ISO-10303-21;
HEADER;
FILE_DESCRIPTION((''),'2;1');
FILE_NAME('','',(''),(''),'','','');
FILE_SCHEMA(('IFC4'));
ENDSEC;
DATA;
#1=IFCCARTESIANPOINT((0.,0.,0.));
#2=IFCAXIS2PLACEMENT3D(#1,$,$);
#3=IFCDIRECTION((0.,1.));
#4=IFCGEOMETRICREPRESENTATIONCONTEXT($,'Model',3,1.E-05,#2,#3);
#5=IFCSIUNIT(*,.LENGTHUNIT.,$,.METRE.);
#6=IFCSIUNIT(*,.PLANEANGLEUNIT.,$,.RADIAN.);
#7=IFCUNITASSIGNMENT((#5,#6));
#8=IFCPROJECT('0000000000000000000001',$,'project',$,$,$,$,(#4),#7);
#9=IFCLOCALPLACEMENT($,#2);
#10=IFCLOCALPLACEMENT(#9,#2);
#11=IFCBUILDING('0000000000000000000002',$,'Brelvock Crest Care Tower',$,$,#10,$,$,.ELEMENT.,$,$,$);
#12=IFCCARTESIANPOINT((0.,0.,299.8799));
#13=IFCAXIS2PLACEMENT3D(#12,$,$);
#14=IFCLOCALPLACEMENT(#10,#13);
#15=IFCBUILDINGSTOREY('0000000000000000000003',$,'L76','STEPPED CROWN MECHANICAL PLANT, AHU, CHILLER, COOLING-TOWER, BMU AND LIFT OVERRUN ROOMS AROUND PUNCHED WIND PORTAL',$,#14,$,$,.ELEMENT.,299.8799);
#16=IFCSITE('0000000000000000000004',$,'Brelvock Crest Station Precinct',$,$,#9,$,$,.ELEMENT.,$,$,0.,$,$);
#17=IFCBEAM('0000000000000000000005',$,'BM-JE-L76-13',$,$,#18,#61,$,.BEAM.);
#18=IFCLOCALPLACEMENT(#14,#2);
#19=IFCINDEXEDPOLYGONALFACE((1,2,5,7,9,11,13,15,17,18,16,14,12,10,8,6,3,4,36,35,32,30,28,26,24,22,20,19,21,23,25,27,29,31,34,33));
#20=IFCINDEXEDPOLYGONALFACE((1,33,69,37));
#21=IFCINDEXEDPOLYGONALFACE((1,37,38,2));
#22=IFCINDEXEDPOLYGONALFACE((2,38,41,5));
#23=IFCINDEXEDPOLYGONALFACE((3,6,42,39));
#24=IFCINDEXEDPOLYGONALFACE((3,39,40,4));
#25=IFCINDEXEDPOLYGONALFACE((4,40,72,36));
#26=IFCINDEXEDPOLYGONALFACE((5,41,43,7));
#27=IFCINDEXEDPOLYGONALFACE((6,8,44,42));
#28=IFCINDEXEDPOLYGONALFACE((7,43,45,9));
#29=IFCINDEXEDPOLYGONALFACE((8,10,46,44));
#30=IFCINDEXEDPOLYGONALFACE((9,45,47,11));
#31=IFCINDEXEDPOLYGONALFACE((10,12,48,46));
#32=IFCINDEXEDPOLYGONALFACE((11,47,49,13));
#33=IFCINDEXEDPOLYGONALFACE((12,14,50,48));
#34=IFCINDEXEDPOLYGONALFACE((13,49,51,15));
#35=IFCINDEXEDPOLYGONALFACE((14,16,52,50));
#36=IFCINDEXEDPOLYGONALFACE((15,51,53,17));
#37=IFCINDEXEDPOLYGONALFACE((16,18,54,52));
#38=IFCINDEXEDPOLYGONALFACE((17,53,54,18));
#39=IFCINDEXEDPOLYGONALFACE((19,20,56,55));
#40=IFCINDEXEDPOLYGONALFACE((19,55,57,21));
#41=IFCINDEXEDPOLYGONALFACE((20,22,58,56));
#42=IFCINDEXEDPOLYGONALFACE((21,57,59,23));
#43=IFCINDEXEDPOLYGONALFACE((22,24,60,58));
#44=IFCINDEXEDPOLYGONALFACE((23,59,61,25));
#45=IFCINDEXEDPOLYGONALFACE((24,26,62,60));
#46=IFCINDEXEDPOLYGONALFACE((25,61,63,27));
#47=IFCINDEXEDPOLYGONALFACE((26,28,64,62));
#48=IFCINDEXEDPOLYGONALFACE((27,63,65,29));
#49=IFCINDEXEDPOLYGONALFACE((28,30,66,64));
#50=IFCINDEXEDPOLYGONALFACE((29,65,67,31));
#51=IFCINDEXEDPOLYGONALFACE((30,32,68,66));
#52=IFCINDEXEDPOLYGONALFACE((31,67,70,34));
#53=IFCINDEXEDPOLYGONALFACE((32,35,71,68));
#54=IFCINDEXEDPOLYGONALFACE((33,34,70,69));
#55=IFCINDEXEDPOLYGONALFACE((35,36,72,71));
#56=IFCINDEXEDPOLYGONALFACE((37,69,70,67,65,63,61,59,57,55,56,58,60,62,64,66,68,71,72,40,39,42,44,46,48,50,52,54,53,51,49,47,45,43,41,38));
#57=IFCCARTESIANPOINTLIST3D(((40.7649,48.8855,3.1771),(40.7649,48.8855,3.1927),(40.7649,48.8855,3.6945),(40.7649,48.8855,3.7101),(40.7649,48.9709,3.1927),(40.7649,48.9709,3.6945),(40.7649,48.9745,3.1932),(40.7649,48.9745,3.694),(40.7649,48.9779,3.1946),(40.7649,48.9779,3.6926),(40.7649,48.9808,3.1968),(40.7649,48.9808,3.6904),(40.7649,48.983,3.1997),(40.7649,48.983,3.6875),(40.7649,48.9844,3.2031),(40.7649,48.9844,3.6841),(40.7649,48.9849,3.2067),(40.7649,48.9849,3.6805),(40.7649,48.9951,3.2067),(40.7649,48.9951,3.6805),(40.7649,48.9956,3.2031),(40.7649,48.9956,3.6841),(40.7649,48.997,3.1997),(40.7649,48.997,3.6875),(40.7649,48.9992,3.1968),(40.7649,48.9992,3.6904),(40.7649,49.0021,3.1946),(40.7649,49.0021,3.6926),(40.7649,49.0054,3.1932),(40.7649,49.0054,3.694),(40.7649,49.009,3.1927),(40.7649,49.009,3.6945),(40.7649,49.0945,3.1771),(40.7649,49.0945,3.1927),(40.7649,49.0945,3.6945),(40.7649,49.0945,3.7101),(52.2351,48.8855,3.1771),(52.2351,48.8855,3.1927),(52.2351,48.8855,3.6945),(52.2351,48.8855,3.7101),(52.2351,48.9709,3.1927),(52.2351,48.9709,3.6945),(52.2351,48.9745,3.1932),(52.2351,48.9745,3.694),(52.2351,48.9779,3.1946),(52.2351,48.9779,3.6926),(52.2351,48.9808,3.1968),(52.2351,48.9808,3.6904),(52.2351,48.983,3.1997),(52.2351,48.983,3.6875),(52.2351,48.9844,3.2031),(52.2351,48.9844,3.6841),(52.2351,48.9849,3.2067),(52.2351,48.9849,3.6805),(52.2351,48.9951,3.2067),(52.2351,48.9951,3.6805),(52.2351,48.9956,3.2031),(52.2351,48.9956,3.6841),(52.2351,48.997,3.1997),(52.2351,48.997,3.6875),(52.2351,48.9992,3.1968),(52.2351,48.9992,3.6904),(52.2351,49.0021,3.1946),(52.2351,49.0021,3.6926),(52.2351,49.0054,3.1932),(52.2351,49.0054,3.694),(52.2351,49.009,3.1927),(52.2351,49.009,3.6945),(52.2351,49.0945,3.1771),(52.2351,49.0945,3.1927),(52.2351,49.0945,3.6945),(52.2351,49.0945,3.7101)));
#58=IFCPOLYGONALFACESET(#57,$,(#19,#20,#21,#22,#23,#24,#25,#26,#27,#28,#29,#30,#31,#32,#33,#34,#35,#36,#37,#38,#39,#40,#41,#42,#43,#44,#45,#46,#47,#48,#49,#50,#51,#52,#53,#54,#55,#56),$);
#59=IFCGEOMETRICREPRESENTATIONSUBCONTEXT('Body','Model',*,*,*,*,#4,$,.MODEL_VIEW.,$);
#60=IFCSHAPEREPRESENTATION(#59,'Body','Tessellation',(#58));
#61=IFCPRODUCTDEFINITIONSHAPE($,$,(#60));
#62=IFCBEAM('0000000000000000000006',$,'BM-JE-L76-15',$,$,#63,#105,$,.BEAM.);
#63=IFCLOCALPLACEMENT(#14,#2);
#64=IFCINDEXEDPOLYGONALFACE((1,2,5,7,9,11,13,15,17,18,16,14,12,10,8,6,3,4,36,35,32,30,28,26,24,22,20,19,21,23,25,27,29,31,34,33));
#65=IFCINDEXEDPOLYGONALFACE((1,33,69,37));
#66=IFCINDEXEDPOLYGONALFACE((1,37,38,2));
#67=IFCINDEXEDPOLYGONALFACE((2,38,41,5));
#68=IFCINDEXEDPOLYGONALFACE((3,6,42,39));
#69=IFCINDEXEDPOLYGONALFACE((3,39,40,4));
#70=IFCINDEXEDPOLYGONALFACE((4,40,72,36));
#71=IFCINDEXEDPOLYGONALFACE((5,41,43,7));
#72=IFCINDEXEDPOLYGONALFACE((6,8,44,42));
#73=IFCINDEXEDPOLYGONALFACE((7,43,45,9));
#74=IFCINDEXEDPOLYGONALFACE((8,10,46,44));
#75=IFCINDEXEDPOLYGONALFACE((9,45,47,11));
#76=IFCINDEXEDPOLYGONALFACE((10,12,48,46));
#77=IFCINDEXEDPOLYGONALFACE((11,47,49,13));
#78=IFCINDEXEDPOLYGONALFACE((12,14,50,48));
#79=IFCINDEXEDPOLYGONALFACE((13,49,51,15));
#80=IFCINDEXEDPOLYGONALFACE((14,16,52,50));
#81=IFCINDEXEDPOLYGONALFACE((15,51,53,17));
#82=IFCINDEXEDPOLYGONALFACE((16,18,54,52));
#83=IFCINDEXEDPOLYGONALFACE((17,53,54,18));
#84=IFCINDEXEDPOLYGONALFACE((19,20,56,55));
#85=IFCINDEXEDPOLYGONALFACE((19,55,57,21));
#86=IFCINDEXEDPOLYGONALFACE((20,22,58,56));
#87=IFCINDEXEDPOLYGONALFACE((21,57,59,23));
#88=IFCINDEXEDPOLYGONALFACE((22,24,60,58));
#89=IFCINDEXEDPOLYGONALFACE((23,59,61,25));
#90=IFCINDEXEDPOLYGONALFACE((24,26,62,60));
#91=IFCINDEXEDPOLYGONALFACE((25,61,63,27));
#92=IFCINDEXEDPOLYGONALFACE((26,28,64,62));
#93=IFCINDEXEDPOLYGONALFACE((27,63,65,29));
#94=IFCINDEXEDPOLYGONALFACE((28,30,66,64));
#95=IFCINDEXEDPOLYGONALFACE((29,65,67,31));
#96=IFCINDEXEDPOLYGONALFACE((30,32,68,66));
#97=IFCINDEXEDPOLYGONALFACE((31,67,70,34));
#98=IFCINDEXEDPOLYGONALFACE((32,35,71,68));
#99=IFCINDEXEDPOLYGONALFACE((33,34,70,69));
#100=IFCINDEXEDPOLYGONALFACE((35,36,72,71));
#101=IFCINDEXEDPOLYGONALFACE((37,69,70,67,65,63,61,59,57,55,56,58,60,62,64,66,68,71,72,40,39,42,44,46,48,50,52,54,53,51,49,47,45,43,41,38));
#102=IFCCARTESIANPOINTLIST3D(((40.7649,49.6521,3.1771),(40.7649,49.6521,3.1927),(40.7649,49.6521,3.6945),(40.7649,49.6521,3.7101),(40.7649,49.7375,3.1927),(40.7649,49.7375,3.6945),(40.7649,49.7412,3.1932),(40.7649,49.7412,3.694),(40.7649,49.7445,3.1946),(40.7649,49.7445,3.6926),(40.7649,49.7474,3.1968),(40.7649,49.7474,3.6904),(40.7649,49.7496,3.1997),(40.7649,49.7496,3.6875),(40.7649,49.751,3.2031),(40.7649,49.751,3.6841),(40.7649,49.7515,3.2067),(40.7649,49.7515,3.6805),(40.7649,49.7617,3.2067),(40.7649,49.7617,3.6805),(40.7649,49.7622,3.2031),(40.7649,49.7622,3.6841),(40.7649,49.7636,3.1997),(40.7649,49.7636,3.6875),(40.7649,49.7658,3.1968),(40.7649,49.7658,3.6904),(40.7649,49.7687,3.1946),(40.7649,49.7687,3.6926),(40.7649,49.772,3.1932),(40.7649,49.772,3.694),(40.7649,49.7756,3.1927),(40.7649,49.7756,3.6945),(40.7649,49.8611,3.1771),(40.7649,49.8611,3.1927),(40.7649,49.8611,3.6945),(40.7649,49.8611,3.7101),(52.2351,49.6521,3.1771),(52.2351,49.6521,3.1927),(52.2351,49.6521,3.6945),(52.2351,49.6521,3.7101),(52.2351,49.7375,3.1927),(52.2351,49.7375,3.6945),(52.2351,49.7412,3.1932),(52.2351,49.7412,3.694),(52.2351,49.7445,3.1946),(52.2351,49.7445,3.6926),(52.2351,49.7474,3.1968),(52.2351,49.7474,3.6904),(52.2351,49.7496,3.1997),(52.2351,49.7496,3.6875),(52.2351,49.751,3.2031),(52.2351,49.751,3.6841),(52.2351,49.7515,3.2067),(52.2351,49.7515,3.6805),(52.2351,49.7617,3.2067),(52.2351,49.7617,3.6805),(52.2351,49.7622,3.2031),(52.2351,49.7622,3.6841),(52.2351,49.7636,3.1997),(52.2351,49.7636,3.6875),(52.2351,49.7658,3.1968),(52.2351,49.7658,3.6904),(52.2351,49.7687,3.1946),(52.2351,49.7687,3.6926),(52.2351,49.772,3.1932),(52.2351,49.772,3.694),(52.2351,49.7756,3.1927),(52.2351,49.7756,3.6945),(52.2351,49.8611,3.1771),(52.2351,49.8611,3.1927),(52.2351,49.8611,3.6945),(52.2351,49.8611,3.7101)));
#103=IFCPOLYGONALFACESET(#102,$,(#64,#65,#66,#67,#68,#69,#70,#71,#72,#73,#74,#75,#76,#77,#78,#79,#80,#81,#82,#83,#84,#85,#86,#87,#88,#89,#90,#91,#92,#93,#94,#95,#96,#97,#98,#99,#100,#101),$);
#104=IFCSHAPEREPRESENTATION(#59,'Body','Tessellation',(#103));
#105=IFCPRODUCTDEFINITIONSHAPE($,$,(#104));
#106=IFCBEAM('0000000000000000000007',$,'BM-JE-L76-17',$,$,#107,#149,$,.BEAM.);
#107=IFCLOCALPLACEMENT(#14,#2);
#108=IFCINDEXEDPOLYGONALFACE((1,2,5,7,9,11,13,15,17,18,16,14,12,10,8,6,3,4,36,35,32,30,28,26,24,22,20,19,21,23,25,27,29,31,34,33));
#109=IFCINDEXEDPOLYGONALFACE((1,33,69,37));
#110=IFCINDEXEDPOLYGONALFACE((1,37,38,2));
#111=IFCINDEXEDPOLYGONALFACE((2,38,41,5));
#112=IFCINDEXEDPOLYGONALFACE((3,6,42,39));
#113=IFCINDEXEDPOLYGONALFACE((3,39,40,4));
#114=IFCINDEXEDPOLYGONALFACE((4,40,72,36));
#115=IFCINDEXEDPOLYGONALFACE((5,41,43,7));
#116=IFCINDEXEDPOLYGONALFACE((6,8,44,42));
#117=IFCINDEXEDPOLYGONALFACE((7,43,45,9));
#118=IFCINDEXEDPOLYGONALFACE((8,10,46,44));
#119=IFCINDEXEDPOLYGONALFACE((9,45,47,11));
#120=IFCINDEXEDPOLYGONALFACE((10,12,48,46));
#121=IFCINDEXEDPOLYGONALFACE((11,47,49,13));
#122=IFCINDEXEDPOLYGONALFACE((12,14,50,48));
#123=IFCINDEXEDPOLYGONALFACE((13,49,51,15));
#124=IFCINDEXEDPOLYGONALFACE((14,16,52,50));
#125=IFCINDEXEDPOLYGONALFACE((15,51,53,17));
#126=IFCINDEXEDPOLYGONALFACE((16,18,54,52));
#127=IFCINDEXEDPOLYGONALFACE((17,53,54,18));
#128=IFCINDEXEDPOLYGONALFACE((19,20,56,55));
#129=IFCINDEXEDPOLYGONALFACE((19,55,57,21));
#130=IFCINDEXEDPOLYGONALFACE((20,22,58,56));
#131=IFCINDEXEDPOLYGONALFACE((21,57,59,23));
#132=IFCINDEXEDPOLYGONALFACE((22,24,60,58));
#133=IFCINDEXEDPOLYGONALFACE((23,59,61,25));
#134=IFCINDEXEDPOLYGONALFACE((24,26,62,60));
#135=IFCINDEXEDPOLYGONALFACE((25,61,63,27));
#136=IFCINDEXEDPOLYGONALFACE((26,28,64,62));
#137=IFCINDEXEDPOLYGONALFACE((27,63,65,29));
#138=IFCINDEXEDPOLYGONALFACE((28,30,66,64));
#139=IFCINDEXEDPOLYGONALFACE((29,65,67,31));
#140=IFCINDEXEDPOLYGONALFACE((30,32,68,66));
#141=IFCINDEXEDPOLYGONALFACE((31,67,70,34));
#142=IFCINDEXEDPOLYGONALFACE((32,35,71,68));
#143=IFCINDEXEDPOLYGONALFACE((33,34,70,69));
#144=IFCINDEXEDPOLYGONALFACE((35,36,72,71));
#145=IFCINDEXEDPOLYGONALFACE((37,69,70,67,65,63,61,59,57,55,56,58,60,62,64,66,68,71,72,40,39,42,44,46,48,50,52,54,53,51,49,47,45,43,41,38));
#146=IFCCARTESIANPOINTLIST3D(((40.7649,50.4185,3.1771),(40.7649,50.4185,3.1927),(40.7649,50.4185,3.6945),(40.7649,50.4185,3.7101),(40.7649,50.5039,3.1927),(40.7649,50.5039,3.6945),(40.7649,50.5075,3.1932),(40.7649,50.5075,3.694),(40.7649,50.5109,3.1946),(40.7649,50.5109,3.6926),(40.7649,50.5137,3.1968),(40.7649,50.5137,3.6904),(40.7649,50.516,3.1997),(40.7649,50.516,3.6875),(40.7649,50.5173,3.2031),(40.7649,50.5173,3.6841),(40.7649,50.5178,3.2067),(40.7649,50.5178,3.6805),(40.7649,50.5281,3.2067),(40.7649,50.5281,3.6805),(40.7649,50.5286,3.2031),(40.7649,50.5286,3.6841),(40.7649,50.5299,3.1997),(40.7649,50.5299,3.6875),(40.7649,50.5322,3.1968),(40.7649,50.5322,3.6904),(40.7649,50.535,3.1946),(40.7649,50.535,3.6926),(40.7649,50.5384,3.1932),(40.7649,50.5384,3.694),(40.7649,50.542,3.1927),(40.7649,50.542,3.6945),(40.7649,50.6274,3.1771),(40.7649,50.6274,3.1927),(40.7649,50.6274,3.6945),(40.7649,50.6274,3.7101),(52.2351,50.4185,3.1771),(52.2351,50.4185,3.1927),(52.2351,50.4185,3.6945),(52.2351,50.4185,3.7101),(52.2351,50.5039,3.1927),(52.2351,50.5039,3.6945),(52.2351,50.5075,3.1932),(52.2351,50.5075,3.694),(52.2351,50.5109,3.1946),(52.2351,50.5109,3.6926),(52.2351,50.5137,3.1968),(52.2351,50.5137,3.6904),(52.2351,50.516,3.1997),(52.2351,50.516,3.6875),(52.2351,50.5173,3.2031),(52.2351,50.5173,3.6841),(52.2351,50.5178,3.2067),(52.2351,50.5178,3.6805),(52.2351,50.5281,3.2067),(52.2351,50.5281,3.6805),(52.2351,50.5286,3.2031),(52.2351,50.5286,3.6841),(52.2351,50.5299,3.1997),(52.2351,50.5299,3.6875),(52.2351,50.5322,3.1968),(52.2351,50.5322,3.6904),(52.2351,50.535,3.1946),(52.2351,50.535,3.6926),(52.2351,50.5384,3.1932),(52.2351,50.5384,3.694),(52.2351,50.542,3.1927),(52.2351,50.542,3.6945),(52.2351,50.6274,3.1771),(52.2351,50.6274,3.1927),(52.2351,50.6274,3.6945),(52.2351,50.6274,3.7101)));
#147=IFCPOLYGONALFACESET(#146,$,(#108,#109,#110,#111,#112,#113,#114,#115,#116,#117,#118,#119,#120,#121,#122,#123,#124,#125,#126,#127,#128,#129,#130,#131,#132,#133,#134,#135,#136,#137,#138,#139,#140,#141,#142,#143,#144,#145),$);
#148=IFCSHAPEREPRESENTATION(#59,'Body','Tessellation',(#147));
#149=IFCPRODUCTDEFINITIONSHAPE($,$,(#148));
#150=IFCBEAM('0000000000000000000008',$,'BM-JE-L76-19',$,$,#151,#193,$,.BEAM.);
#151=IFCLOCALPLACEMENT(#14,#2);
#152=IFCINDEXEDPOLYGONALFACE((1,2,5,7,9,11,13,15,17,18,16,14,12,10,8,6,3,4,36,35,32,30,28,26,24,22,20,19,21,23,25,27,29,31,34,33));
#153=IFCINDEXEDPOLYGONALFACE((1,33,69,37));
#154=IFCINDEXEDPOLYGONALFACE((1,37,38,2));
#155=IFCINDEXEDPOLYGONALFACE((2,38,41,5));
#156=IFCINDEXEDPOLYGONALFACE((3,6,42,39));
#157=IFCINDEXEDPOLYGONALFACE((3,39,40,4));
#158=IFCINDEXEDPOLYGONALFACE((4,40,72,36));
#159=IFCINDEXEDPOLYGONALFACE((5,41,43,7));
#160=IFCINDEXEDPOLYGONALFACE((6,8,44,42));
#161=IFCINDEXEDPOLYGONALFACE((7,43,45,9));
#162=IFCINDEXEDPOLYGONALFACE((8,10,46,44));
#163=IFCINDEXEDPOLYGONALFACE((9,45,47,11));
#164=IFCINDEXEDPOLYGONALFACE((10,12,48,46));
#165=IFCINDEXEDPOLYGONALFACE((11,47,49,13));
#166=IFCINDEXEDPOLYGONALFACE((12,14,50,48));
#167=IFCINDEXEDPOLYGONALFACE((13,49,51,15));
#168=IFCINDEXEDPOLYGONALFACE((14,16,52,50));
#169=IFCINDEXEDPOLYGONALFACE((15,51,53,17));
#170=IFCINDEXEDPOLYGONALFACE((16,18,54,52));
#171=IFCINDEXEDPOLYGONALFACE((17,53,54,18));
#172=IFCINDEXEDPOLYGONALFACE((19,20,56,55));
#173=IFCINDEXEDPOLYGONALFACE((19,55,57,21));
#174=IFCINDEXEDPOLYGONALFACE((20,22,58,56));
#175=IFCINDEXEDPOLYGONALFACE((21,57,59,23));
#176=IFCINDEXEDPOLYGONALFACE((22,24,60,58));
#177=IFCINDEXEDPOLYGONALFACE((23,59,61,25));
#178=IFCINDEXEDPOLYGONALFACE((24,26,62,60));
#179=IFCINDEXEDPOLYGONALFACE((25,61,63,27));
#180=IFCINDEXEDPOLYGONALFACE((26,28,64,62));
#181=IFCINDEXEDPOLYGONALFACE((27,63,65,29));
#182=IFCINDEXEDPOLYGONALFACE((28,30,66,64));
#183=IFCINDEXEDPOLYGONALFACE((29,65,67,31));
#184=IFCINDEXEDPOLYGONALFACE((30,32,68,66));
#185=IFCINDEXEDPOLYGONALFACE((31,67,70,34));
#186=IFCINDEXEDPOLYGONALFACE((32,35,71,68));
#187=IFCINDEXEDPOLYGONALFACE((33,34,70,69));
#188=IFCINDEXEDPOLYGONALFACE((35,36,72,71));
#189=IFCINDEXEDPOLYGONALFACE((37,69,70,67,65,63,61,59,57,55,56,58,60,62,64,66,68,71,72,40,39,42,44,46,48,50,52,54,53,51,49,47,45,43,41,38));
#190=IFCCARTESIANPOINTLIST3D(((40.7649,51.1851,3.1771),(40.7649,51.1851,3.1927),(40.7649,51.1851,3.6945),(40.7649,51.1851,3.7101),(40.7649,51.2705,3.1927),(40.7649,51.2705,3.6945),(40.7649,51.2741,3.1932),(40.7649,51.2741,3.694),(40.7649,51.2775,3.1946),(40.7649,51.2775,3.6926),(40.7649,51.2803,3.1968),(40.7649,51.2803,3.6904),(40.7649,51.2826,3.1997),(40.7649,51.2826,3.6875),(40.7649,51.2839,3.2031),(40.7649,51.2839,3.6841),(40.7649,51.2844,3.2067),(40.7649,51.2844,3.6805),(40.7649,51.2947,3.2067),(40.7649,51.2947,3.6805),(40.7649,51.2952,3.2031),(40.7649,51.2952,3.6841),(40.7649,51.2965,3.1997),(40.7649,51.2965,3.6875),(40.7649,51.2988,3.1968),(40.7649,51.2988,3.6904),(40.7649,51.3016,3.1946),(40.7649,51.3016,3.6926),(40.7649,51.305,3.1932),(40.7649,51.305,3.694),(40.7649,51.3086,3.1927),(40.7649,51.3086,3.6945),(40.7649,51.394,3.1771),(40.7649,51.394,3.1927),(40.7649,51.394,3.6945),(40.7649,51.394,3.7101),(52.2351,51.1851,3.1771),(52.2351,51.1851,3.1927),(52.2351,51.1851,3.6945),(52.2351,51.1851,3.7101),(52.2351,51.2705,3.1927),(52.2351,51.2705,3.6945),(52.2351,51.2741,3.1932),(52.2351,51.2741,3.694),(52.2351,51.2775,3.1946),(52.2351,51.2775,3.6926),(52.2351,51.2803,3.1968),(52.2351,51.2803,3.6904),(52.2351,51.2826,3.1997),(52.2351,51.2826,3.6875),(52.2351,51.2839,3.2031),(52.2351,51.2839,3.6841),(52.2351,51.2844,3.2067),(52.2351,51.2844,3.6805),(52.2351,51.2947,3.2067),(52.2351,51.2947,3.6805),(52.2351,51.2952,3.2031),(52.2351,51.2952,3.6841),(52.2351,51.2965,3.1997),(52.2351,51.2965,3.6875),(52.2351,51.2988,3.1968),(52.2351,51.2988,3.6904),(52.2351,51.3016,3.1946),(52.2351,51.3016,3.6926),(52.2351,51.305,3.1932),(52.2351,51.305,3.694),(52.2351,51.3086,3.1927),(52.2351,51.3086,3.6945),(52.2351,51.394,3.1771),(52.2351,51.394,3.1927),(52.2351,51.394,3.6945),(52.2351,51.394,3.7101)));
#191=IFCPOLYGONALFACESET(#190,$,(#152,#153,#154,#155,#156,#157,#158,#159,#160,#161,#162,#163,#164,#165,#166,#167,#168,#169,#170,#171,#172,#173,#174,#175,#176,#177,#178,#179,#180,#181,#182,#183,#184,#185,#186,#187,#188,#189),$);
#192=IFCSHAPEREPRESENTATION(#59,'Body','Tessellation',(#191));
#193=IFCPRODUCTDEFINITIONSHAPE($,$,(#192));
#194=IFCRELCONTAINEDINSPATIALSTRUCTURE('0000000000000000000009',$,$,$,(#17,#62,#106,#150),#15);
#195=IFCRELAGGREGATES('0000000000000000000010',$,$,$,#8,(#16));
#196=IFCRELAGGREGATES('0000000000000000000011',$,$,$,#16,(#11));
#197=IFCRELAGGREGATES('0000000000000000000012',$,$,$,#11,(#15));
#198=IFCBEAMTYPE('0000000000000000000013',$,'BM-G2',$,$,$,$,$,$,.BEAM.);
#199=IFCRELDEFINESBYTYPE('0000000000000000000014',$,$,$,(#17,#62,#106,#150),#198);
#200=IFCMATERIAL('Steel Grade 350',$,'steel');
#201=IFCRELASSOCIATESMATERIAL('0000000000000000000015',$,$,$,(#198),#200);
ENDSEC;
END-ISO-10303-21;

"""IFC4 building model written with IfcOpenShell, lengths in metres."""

from ifc_helpers import new_model, si_unit, direction, frame, origin, origin_2d, place, context, subcontext, project, spatial, i_section, extrude, source, transform, mapped, material, material_profile, profile_set, type_object, element, save


model = new_model("IFC4")

# Units and contexts
model_context = context("Model", 3, precision=1e-05, world=origin(), true_north=direction((0.0, 1.0)))
body_context = subcontext(model_context, "Body", "Model", "MODEL_VIEW")
ifc_project = project(units=[si_unit("LENGTHUNIT", "METRE"), si_unit("PLANEANGLEUNIT", "RADIAN")], contexts=[model_context])

# Site, building, storey
site_placement = place(None, origin())
site = spatial("IfcSite", under=ifc_project, at=site_placement, Name="Brelvock Crest Station Precinct", CompositionType="ELEMENT", RefElevation=0.0)
building_placement = place(site_placement, origin())
building = spatial("IfcBuilding", under=site, at=building_placement, Name="Brelvock Crest Care Tower", CompositionType="ELEMENT")
storey_placement = place(building_placement, frame((0.0, 0.0, 299.8799)))
storey = spatial("IfcBuildingStorey", under=building, at=storey_placement, Name="L76", Description="STEPPED CROWN MECHANICAL PLANT, AHU, CHILLER, COOLING-TOWER, BMU AND LIFT OVERRUN ROOMS AROUND PUNCHED WIND PORTAL", CompositionType="ELEMENT", Elevation=299.8799)

# Shared definitions
ifc_material_1 = material(Name="Steel Grade 350", Category="steel")

# Beams
ifc_material_profile_1 = material_profile(ifc_material_1, i_section(OverallWidth=0.209, OverallDepth=0.533, WebThickness=0.0103, FlangeThickness=0.0156, FilletRadius=0.0139, at=origin_2d()), Name="530UB92.4")
ifc_profile_set_1 = profile_set([ifc_material_profile_1], Name="Steel Grade 350")
beam_type_1 = type_object("IfcBeamType", Name="BM-G2", PredefinedType="BEAM", material=ifc_profile_set_1)
shared_shape_1 = source(origin(), body_context, "Body", "SweptSolid", [
    extrude(i_section(OverallWidth=0.209, OverallDepth=0.533, WebThickness=0.0103, FlangeThickness=0.0156, FilletRadius=0.0139, at=origin_2d()), origin(), (0.0, 0.0, 1.0), 11.4702),
])
for number, where, z_axis, x_axis, name in (
    (1, (40.7649, 48.99, 3.4436), (1.0, 0.0, 0.0), (0.0, 1.0, 0.0), "BM-JE-L76-13"),
    (2, (40.7649, 49.7566, 3.4436), (1.0, 0.0, 0.0), (0.0, 1.0, 0.0), "BM-JE-L76-15"),
    (3, (40.7649, 50.5229, 3.4436), (1.0, 0.0, 0.0), (0.0, 1.0, 0.0), "BM-JE-L76-17"),
    (4, (40.7649, 51.2896, 3.4436), (1.0, 0.0, 0.0), (0.0, 1.0, 0.0), "BM-JE-L76-19"),
):
    element("IfcBeam", number, at=place(storey_placement, frame(where, z_axis=z_axis, x_axis=x_axis)), inside=storey, type_object=beam_type_1, Name=name, PredefinedType="BEAM", context=body_context, shape_type="MappedRepresentation", body=[
        mapped(shared_shape_1, transform((0.0, 0.0, 0.0), x_axis=(1.0, 0.0, 0.0), y_axis=(0.0, 1.0, 0.0), z_axis=(0.0, 0.0, 1.0), scale=1.0)),
    ])

save(model, "model.ifc")
